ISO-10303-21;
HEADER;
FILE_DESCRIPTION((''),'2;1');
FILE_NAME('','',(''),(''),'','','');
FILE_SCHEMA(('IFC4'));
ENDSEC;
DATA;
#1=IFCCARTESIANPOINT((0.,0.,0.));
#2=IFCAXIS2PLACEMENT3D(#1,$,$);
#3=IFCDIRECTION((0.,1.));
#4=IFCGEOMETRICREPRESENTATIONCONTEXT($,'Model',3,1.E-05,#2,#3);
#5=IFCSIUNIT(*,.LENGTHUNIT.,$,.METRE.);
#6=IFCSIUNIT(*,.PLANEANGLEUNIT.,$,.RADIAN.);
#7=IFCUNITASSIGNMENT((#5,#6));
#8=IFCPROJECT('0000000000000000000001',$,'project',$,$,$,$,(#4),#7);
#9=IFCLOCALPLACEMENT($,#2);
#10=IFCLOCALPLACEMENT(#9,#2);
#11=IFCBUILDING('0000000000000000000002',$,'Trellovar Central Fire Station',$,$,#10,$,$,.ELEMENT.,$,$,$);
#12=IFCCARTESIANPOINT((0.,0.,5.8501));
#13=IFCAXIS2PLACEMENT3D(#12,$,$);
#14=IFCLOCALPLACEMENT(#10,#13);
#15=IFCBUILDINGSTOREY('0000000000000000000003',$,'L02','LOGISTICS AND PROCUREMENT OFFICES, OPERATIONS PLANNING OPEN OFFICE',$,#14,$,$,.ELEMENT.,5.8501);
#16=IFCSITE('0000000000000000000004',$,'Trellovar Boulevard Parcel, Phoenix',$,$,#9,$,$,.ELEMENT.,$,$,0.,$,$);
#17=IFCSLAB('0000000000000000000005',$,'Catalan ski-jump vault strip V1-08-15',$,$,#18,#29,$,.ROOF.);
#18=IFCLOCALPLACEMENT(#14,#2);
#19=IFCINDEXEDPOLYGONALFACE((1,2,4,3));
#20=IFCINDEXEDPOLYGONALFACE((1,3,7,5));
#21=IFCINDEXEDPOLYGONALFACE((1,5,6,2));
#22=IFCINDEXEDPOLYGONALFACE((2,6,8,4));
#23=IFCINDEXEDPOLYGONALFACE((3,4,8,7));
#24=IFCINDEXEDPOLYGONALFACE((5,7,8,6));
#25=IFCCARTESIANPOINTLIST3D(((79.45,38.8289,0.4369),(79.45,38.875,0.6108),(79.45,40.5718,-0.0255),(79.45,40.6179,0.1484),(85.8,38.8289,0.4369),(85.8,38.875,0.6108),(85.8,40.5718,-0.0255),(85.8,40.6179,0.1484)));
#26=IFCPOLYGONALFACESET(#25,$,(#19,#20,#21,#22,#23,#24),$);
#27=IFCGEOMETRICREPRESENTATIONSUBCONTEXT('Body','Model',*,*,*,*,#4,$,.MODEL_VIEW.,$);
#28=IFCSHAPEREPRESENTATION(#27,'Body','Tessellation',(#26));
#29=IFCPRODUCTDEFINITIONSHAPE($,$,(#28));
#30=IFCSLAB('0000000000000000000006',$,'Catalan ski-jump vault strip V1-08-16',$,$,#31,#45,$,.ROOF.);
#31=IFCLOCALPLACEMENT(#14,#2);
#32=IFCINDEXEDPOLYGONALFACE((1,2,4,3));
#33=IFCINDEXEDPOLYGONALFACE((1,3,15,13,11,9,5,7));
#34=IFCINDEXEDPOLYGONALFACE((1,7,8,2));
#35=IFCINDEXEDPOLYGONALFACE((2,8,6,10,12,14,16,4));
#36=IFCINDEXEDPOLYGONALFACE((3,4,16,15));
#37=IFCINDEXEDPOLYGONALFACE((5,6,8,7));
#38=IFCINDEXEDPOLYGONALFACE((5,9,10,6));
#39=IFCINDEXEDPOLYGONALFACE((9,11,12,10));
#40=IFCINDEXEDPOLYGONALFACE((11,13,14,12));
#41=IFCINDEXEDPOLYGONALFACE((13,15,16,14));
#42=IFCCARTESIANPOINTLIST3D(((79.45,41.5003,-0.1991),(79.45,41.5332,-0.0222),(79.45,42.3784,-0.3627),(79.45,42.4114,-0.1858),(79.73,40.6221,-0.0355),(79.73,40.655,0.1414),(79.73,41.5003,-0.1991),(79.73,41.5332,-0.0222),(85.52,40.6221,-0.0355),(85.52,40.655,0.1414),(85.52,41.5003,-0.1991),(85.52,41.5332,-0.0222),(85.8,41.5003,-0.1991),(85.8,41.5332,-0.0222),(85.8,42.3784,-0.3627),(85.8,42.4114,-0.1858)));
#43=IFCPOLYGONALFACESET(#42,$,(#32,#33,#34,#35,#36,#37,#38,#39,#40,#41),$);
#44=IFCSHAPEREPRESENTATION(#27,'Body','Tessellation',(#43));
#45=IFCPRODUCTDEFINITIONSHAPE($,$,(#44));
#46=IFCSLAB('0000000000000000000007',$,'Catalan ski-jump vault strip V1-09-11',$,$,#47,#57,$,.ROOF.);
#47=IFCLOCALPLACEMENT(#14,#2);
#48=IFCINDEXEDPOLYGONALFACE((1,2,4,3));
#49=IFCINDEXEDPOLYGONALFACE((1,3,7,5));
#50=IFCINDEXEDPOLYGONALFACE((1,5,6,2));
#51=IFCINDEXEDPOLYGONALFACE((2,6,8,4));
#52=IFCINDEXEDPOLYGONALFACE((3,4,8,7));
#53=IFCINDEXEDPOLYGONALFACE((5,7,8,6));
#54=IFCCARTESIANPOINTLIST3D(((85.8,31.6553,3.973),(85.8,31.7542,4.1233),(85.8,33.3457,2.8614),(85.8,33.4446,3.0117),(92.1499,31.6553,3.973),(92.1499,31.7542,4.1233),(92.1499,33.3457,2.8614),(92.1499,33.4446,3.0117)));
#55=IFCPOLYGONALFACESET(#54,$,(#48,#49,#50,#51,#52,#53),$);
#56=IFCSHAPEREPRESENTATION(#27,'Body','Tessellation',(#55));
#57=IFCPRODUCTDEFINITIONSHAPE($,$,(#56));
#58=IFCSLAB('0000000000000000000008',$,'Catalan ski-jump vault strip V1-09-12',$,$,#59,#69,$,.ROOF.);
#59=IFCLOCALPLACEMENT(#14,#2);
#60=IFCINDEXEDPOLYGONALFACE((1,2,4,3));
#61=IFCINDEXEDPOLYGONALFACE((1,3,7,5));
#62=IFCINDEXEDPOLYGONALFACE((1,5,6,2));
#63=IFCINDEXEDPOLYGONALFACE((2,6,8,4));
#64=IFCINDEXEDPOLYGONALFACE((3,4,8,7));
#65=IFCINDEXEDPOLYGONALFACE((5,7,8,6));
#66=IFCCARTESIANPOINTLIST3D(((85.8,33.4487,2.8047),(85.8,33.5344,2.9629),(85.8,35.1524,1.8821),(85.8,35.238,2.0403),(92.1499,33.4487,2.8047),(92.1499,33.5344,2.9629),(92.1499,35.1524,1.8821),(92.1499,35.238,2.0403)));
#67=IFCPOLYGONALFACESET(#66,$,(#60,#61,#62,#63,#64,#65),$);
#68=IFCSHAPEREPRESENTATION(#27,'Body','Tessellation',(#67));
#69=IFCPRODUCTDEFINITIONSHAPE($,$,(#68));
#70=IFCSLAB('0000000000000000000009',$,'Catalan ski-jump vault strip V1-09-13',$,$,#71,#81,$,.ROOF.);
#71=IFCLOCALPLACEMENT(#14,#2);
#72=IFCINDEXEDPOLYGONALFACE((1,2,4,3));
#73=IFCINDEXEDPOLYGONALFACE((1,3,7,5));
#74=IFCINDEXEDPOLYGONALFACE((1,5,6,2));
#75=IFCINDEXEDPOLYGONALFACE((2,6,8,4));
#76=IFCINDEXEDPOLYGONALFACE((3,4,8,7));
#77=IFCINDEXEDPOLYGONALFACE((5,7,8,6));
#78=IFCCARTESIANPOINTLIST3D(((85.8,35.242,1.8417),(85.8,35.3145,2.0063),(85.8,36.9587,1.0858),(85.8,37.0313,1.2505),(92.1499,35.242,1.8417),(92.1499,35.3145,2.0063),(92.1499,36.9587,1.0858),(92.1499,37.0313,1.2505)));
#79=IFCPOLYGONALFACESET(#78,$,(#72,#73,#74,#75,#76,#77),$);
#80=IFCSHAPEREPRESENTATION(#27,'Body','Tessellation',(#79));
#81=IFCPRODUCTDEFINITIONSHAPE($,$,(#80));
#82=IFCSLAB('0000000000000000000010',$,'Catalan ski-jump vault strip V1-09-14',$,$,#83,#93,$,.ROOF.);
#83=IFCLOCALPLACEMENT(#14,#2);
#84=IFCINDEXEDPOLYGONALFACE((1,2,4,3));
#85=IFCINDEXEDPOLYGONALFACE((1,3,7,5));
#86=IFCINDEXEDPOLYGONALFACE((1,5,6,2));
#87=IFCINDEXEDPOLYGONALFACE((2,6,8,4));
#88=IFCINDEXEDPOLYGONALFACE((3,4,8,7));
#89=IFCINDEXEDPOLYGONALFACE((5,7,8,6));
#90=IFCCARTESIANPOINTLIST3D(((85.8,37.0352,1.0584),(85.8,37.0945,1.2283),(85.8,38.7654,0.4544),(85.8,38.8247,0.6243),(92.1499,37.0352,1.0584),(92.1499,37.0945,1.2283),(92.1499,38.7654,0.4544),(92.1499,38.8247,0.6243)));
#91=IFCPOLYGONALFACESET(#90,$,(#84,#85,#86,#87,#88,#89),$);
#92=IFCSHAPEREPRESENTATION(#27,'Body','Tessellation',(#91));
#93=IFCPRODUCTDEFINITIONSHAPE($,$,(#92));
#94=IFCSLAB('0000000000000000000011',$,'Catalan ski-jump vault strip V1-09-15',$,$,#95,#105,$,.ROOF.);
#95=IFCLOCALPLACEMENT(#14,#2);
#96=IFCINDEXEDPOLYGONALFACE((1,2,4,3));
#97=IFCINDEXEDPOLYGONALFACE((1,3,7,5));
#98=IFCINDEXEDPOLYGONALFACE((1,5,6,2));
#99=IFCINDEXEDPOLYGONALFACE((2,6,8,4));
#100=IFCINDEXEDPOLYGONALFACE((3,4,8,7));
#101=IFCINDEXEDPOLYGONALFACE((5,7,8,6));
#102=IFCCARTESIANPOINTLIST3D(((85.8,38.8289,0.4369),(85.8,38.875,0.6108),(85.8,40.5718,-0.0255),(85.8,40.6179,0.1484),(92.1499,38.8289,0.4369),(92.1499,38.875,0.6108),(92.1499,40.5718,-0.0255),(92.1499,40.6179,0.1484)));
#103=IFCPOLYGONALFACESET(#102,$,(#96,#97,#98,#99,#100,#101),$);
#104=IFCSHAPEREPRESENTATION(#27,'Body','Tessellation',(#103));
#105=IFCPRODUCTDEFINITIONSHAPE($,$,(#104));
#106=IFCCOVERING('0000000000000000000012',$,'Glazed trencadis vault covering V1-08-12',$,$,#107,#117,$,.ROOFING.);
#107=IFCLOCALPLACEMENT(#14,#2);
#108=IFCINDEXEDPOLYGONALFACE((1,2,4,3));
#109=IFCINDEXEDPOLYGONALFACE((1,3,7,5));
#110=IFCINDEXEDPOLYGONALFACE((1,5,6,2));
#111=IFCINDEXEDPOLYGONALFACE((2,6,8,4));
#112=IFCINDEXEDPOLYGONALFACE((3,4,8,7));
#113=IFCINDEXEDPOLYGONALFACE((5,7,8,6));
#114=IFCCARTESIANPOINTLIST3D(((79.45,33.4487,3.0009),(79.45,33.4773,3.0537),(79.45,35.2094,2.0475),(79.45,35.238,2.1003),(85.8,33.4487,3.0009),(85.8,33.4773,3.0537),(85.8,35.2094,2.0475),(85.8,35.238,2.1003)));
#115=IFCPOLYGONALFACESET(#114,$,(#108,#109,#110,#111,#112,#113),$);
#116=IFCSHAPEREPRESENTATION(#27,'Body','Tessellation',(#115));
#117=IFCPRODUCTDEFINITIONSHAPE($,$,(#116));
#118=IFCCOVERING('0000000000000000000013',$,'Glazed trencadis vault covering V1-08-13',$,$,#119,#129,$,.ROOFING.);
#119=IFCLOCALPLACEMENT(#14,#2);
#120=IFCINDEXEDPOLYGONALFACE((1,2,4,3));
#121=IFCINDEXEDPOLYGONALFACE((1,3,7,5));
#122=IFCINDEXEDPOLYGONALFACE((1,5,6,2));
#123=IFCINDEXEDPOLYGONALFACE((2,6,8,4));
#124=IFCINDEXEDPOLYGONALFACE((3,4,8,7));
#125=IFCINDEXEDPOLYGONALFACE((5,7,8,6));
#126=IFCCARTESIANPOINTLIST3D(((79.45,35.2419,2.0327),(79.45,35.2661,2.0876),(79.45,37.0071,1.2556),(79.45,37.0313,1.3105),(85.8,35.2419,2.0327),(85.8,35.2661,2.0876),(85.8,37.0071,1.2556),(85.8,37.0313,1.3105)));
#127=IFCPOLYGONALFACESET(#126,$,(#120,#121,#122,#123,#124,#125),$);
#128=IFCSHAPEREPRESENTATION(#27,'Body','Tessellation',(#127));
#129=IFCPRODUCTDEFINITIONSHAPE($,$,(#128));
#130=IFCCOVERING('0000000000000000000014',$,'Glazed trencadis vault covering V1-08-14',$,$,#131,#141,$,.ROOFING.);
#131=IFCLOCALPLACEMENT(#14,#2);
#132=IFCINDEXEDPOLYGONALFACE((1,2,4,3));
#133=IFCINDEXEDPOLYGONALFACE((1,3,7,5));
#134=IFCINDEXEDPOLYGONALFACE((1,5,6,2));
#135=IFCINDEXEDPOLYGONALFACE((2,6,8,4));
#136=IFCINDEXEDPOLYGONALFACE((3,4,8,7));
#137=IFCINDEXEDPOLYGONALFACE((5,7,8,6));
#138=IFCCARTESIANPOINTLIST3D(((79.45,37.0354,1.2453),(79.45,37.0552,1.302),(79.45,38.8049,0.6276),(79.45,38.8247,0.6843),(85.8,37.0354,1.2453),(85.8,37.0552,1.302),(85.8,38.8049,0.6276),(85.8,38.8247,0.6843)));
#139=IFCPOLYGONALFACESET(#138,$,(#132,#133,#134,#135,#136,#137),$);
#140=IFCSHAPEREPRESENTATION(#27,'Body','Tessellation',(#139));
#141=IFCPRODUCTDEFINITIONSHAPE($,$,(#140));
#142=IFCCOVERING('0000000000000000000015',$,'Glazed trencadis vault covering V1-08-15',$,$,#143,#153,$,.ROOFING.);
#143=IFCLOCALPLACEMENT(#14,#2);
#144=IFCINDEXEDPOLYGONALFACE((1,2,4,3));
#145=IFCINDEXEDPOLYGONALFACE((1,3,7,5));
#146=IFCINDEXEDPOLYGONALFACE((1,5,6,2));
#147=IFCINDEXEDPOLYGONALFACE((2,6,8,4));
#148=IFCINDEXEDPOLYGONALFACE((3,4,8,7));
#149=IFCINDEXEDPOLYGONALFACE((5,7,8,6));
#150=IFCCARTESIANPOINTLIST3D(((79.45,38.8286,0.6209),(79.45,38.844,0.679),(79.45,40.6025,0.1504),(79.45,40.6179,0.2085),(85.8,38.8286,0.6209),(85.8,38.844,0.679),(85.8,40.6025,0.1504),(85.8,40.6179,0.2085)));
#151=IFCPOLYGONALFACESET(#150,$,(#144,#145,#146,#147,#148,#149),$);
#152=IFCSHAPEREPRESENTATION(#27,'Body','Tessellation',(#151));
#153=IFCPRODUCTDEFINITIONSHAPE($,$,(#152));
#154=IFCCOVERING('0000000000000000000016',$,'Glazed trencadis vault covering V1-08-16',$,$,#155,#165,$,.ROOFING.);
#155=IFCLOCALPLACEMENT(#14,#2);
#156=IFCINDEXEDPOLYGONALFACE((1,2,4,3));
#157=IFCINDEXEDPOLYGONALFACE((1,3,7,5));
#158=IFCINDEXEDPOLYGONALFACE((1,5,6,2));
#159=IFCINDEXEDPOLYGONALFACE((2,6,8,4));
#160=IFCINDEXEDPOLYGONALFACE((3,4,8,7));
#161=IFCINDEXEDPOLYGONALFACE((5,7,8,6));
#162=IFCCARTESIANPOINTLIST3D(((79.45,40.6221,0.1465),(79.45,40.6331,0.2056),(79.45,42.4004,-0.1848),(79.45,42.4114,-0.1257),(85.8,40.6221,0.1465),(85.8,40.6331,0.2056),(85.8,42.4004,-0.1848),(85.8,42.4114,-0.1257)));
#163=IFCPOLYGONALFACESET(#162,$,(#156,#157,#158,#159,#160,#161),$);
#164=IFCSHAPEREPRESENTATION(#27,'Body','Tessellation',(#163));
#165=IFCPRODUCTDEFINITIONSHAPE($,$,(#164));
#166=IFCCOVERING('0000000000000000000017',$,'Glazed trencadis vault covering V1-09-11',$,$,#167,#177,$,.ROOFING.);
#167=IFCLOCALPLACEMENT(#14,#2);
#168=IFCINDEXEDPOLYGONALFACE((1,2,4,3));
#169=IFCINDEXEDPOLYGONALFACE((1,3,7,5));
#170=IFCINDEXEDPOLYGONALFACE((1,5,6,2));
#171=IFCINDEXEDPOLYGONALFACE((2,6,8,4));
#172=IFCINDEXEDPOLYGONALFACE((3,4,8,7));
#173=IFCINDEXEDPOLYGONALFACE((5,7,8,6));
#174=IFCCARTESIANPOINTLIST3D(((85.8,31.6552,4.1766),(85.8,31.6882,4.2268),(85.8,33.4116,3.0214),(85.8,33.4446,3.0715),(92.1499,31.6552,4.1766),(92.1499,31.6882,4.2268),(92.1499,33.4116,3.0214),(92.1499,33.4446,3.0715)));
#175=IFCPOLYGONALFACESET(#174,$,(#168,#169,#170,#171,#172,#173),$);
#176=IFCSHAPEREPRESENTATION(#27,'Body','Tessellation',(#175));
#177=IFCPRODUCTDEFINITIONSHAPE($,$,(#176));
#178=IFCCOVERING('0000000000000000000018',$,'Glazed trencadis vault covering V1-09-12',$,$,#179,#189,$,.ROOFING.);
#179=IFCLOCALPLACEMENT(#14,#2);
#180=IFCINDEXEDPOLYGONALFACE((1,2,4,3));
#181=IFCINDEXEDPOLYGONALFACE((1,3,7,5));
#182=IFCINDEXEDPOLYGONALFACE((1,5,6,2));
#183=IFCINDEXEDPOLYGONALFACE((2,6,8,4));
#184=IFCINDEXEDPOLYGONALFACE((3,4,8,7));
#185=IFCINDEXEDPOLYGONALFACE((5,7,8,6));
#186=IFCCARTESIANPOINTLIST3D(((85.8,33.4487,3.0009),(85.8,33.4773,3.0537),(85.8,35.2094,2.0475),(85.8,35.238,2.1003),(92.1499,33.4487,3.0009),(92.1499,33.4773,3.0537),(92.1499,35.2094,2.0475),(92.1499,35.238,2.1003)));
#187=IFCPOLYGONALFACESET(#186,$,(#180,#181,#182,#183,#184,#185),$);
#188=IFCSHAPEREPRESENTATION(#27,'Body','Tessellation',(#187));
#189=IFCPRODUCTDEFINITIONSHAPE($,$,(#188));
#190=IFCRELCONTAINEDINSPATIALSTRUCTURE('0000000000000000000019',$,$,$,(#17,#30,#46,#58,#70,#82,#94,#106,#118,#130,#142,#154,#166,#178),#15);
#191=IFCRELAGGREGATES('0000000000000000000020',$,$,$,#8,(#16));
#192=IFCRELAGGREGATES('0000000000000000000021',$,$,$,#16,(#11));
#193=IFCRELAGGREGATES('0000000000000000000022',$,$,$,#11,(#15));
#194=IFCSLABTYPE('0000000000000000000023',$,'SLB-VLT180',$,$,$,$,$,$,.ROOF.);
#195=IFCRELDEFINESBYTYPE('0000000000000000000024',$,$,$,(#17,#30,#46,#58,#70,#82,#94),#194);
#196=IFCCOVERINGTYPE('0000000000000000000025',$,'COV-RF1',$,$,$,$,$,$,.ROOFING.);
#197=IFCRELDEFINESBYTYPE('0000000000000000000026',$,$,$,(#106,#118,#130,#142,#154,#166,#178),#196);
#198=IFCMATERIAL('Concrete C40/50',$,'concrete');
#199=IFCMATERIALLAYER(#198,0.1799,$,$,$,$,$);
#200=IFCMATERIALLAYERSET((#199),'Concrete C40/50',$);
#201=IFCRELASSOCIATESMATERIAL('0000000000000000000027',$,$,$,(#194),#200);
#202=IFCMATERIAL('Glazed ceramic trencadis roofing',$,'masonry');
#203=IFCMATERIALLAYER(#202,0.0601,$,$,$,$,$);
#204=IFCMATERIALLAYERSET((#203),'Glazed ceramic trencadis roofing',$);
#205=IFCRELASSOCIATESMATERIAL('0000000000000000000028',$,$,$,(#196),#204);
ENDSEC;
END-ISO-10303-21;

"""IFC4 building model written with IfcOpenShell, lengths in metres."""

from ifc_helpers import new_model, si_unit, direction, frame, origin, place, context, subcontext, project, spatial, polyline, outline, extrude, material, layer, layer_set, type_object, element, save


model = new_model("IFC4")

# Units and contexts
model_context = context("Model", 3, precision=1e-05, world=origin(), true_north=direction((0.0, 1.0)))
body_context = subcontext(model_context, "Body", "Model", "MODEL_VIEW")
ifc_project = project(units=[si_unit("LENGTHUNIT", "METRE"), si_unit("PLANEANGLEUNIT", "RADIAN")], contexts=[model_context])

# Site, building, storey
site_placement = place(None, origin())
site = spatial("IfcSite", under=ifc_project, at=site_placement, Name="Trellovar Boulevard Parcel, Phoenix", CompositionType="ELEMENT", RefElevation=0.0)
building_placement = place(site_placement, origin())
building = spatial("IfcBuilding", under=site, at=building_placement, Name="Trellovar Central Fire Station", CompositionType="ELEMENT")
storey_placement = place(building_placement, frame((0.0, 0.0, 5.8501)))
storey = spatial("IfcBuildingStorey", under=building, at=storey_placement, Name="L02", Description="LOGISTICS AND PROCUREMENT OFFICES, OPERATIONS PLANNING OPEN OFFICE", CompositionType="ELEMENT", Elevation=5.8501)

# Slabs
ifc_material_1 = material(Name="Concrete C40/50", Category="concrete")
ifc_layer_1 = layer(ifc_material_1, 0.1799)
ifc_layer_set_1 = layer_set([ifc_layer_1], Name="Concrete C40/50")
slab_type = type_object("IfcSlabType", Name="SLB-VLT180", PredefinedType="ROOF", material=ifc_layer_set_1)
slab_1_placement = place(storey_placement, frame((79.45, 38.875, 0.6108), z_axis=(0.0, 0.256432, 0.966562), x_axis=(1.0, 0.0, 0.0)))
element("IfcSlab", 1, at=slab_1_placement, inside=storey, type_object=slab_type, Name="Catalan ski-jump vault strip V1-08-15", PredefinedType="ROOF", context=body_context, shape_type="SweptSolid", body=[
    extrude(outline(polyline([(0.0, 0.0), (6.3501, 0.0), (6.3501, 1.8032), (0.0, 1.8032), (0.0, 0.0)])), origin(), (0.0, 0.0, -1.0), 0.1799),
])
slab_2_placement = place(storey_placement, frame((79.73, 40.655, 0.1414), z_axis=(0.0, 0.183117, 0.983091), x_axis=(1.0, 0.0, 0.0)))
element("IfcSlab", 2, at=slab_2_placement, inside=storey, type_object=slab_type, Name="Catalan ski-jump vault strip V1-08-16", PredefinedType="ROOF", context=body_context, shape_type="SweptSolid", body=[
    extrude(outline(polyline([(0.0, 0.0), (5.79, 0.0), (5.79, 0.8933), (6.0701, 0.8933), (6.0701, 1.7866), (-0.28, 1.7866), (-0.28, 0.8933), (0.0, 0.8933), (0.0, 0.0)])), origin(), (0.0, 0.0, -1.0), 0.1799),
])
slab_3_placement = place(storey_placement, frame((85.8, 31.7542, 4.1233), z_axis=(0.0, 0.549426, 0.835542), x_axis=(1.0, 0.0, 0.0)))
element("IfcSlab", 3, at=slab_3_placement, inside=storey, type_object=slab_type, Name="Catalan ski-jump vault strip V1-09-11", PredefinedType="ROOF", context=body_context, shape_type="SweptSolid", body=[
    extrude(outline(polyline([(0.0, 0.0), (6.3499, 0.0), (6.3499, 2.0232), (0.0, 2.0232), (0.0, 0.0)])), origin(), (0.0, 0.0, -1.0), 0.1799),
])
slab_4_placement = place(storey_placement, frame((85.8, 33.5344, 2.9629), z_axis=(0.0, 0.47621, 0.879332), x_axis=(1.0, 0.0, 0.0)))
element("IfcSlab", 4, at=slab_4_placement, inside=storey, type_object=slab_type, Name="Catalan ski-jump vault strip V1-09-12", PredefinedType="ROOF", context=body_context, shape_type="SweptSolid", body=[
    extrude(outline(polyline([(0.0, 0.0), (6.3499, 0.0), (6.3499, 1.9374), (0.0, 1.9374), (0.0, 0.0)])), origin(), (0.0, 0.0, -1.0), 0.1799),
])
slab_5_placement = place(storey_placement, frame((85.8, 35.3145, 2.0063), z_axis=(0.0, 0.402948, 0.915223), x_axis=(1.0, 0.0, 0.0)))
element("IfcSlab", 5, at=slab_5_placement, inside=storey, type_object=slab_type, Name="Catalan ski-jump vault strip V1-09-13", PredefinedType="ROOF", context=body_context, shape_type="SweptSolid", body=[
    extrude(outline(polyline([(0.0, 0.0), (6.3499, 0.0), (6.3499, 1.8758), (0.0, 1.8758), (0.0, 0.0)])), origin(), (0.0, 0.0, -1.0), 0.1799),
])
slab_6_placement = place(storey_placement, frame((85.8, 37.0945, 1.2283), z_axis=(0.0, 0.329585, 0.944126), x_axis=(1.0, 0.0, 0.0)))
element("IfcSlab", 6, at=slab_6_placement, inside=storey, type_object=slab_type, Name="Catalan ski-jump vault strip V1-09-14", PredefinedType="ROOF", context=body_context, shape_type="SweptSolid", body=[
    extrude(outline(polyline([(0.0, 0.0), (6.3499, 0.0), (6.3499, 1.8326), (0.0, 1.8326), (0.0, 0.0)])), origin(), (0.0, 0.0, -1.0), 0.1799),
])
slab_7_placement = place(storey_placement, frame((85.8, 38.875, 0.6108), z_axis=(0.0, 0.256432, 0.966562), x_axis=(1.0, 0.0, 0.0)))
element("IfcSlab", 7, at=slab_7_placement, inside=storey, type_object=slab_type, Name="Catalan ski-jump vault strip V1-09-15", PredefinedType="ROOF", context=body_context, shape_type="SweptSolid", body=[
    extrude(outline(polyline([(0.0, 0.0), (6.3499, 0.0), (6.3499, 1.8032), (0.0, 1.8032), (0.0, 0.0)])), origin(), (0.0, 0.0, -1.0), 0.1799),
])

# Coverings
ifc_material_2 = material(Name="Glazed ceramic trencadis roofing", Category="masonry")
ifc_layer_2 = layer(ifc_material_2, 0.0601)
ifc_layer_set_2 = layer_set([ifc_layer_2], Name="Glazed ceramic trencadis roofing")
covering_type = type_object("IfcCoveringType", Name="COV-RF1", PredefinedType="ROOFING", material=ifc_layer_set_2)
covering_1_placement = place(storey_placement, frame((79.45, 33.4773, 3.0537), z_axis=(0.0, 0.476142, 0.879369), x_axis=(1.0, 0.0, 0.0)))
element("IfcCovering", 8, at=covering_1_placement, inside=storey, type_object=covering_type, Name="Glazed trencadis vault covering V1-08-12", PredefinedType="ROOFING", context=body_context, shape_type="SweptSolid", body=[
    extrude(outline(polyline([(0.0, 0.0), (6.3501, 0.0), (6.3501, 2.0023), (0.0, 2.0023), (0.0, 0.0)])), origin(), (0.0, 0.0, -1.0), 0.0601),
])
covering_2_placement = place(storey_placement, frame((79.45, 35.2661, 2.0876), z_axis=(0.0, 0.40293, 0.915231), x_axis=(1.0, 0.0, 0.0)))
element("IfcCovering", 9, at=covering_2_placement, inside=storey, type_object=covering_type, Name="Glazed trencadis vault covering V1-08-13", PredefinedType="ROOFING", context=body_context, shape_type="SweptSolid", body=[
    extrude(outline(polyline([(0.0, 0.0), (6.3501, 0.0), (6.3501, 1.9286), (0.0, 1.9286), (0.0, 0.0)])), origin(), (0.0, 0.0, -1.0), 0.0601),
])
covering_3_placement = place(storey_placement, frame((79.45, 37.0552, 1.302), z_axis=(0.0, 0.329561, 0.944134), x_axis=(1.0, 0.0, 0.0)))
element("IfcCovering", 10, at=covering_3_placement, inside=storey, type_object=covering_type, Name="Glazed trencadis vault covering V1-08-14", PredefinedType="ROOFING", context=body_context, shape_type="SweptSolid", body=[
    extrude(outline(polyline([(0.0, 0.0), (6.3501, 0.0), (6.3501, 1.8742), (0.0, 1.8742), (0.0, 0.0)])), origin(), (0.0, 0.0, -1.0), 0.0601),
])
covering_4_placement = place(storey_placement, frame((79.45, 38.844, 0.679), z_axis=(0.0, 0.256346, 0.966585), x_axis=(1.0, 0.0, 0.0)))
element("IfcCovering", 11, at=covering_4_placement, inside=storey, type_object=covering_type, Name="Glazed trencadis vault covering V1-08-15", PredefinedType="ROOFING", context=body_context, shape_type="SweptSolid", body=[
    extrude(outline(polyline([(0.0, 0.0), (6.3501, 0.0), (6.3501, 1.8353), (0.0, 1.8353), (0.0, 0.0)])), origin(), (0.0, 0.0, -1.0), 0.0601),
])
covering_5_placement = place(storey_placement, frame((79.45, 40.6331, 0.2056), z_axis=(0.0, 0.183148, 0.983085), x_axis=(1.0, 0.0, 0.0)))
element("IfcCovering", 12, at=covering_5_placement, inside=storey, type_object=covering_type, Name="Glazed trencadis vault covering V1-08-16", PredefinedType="ROOFING", context=body_context, shape_type="SweptSolid", body=[
    extrude(outline(polyline([(0.0, 0.0), (6.3501, 0.0), (6.3501, 1.8089), (0.0, 1.8089), (0.0, 0.0)])), origin(), (0.0, 0.0, -1.0), 0.0601),
])
covering_6_placement = place(storey_placement, frame((85.8, 31.6882, 4.2268), z_axis=(0.0, 0.549544, 0.835465), x_axis=(1.0, 0.0, 0.0)))
element("IfcCovering", 13, at=covering_6_placement, inside=storey, type_object=covering_type, Name="Glazed trencadis vault covering V1-09-11", PredefinedType="ROOFING", context=body_context, shape_type="SweptSolid", body=[
    extrude(outline(polyline([(0.0, 0.0), (6.3499, 0.0), (6.3499, 2.1022), (0.0, 2.1022), (0.0, 0.0)])), origin(), (0.0, 0.0, -1.0), 0.0601),
])
covering_7_placement = place(storey_placement, frame((85.8, 33.4773, 3.0537), z_axis=(0.0, 0.476142, 0.879369), x_axis=(1.0, 0.0, 0.0)))
element("IfcCovering", 14, at=covering_7_placement, inside=storey, type_object=covering_type, Name="Glazed trencadis vault covering V1-09-12", PredefinedType="ROOFING", context=body_context, shape_type="SweptSolid", body=[
    extrude(outline(polyline([(0.0, 0.0), (6.3499, 0.0), (6.3499, 2.0023), (0.0, 2.0023), (0.0, 0.0)])), origin(), (0.0, 0.0, -1.0), 0.0601),
])

save(model, "model.ifc")
